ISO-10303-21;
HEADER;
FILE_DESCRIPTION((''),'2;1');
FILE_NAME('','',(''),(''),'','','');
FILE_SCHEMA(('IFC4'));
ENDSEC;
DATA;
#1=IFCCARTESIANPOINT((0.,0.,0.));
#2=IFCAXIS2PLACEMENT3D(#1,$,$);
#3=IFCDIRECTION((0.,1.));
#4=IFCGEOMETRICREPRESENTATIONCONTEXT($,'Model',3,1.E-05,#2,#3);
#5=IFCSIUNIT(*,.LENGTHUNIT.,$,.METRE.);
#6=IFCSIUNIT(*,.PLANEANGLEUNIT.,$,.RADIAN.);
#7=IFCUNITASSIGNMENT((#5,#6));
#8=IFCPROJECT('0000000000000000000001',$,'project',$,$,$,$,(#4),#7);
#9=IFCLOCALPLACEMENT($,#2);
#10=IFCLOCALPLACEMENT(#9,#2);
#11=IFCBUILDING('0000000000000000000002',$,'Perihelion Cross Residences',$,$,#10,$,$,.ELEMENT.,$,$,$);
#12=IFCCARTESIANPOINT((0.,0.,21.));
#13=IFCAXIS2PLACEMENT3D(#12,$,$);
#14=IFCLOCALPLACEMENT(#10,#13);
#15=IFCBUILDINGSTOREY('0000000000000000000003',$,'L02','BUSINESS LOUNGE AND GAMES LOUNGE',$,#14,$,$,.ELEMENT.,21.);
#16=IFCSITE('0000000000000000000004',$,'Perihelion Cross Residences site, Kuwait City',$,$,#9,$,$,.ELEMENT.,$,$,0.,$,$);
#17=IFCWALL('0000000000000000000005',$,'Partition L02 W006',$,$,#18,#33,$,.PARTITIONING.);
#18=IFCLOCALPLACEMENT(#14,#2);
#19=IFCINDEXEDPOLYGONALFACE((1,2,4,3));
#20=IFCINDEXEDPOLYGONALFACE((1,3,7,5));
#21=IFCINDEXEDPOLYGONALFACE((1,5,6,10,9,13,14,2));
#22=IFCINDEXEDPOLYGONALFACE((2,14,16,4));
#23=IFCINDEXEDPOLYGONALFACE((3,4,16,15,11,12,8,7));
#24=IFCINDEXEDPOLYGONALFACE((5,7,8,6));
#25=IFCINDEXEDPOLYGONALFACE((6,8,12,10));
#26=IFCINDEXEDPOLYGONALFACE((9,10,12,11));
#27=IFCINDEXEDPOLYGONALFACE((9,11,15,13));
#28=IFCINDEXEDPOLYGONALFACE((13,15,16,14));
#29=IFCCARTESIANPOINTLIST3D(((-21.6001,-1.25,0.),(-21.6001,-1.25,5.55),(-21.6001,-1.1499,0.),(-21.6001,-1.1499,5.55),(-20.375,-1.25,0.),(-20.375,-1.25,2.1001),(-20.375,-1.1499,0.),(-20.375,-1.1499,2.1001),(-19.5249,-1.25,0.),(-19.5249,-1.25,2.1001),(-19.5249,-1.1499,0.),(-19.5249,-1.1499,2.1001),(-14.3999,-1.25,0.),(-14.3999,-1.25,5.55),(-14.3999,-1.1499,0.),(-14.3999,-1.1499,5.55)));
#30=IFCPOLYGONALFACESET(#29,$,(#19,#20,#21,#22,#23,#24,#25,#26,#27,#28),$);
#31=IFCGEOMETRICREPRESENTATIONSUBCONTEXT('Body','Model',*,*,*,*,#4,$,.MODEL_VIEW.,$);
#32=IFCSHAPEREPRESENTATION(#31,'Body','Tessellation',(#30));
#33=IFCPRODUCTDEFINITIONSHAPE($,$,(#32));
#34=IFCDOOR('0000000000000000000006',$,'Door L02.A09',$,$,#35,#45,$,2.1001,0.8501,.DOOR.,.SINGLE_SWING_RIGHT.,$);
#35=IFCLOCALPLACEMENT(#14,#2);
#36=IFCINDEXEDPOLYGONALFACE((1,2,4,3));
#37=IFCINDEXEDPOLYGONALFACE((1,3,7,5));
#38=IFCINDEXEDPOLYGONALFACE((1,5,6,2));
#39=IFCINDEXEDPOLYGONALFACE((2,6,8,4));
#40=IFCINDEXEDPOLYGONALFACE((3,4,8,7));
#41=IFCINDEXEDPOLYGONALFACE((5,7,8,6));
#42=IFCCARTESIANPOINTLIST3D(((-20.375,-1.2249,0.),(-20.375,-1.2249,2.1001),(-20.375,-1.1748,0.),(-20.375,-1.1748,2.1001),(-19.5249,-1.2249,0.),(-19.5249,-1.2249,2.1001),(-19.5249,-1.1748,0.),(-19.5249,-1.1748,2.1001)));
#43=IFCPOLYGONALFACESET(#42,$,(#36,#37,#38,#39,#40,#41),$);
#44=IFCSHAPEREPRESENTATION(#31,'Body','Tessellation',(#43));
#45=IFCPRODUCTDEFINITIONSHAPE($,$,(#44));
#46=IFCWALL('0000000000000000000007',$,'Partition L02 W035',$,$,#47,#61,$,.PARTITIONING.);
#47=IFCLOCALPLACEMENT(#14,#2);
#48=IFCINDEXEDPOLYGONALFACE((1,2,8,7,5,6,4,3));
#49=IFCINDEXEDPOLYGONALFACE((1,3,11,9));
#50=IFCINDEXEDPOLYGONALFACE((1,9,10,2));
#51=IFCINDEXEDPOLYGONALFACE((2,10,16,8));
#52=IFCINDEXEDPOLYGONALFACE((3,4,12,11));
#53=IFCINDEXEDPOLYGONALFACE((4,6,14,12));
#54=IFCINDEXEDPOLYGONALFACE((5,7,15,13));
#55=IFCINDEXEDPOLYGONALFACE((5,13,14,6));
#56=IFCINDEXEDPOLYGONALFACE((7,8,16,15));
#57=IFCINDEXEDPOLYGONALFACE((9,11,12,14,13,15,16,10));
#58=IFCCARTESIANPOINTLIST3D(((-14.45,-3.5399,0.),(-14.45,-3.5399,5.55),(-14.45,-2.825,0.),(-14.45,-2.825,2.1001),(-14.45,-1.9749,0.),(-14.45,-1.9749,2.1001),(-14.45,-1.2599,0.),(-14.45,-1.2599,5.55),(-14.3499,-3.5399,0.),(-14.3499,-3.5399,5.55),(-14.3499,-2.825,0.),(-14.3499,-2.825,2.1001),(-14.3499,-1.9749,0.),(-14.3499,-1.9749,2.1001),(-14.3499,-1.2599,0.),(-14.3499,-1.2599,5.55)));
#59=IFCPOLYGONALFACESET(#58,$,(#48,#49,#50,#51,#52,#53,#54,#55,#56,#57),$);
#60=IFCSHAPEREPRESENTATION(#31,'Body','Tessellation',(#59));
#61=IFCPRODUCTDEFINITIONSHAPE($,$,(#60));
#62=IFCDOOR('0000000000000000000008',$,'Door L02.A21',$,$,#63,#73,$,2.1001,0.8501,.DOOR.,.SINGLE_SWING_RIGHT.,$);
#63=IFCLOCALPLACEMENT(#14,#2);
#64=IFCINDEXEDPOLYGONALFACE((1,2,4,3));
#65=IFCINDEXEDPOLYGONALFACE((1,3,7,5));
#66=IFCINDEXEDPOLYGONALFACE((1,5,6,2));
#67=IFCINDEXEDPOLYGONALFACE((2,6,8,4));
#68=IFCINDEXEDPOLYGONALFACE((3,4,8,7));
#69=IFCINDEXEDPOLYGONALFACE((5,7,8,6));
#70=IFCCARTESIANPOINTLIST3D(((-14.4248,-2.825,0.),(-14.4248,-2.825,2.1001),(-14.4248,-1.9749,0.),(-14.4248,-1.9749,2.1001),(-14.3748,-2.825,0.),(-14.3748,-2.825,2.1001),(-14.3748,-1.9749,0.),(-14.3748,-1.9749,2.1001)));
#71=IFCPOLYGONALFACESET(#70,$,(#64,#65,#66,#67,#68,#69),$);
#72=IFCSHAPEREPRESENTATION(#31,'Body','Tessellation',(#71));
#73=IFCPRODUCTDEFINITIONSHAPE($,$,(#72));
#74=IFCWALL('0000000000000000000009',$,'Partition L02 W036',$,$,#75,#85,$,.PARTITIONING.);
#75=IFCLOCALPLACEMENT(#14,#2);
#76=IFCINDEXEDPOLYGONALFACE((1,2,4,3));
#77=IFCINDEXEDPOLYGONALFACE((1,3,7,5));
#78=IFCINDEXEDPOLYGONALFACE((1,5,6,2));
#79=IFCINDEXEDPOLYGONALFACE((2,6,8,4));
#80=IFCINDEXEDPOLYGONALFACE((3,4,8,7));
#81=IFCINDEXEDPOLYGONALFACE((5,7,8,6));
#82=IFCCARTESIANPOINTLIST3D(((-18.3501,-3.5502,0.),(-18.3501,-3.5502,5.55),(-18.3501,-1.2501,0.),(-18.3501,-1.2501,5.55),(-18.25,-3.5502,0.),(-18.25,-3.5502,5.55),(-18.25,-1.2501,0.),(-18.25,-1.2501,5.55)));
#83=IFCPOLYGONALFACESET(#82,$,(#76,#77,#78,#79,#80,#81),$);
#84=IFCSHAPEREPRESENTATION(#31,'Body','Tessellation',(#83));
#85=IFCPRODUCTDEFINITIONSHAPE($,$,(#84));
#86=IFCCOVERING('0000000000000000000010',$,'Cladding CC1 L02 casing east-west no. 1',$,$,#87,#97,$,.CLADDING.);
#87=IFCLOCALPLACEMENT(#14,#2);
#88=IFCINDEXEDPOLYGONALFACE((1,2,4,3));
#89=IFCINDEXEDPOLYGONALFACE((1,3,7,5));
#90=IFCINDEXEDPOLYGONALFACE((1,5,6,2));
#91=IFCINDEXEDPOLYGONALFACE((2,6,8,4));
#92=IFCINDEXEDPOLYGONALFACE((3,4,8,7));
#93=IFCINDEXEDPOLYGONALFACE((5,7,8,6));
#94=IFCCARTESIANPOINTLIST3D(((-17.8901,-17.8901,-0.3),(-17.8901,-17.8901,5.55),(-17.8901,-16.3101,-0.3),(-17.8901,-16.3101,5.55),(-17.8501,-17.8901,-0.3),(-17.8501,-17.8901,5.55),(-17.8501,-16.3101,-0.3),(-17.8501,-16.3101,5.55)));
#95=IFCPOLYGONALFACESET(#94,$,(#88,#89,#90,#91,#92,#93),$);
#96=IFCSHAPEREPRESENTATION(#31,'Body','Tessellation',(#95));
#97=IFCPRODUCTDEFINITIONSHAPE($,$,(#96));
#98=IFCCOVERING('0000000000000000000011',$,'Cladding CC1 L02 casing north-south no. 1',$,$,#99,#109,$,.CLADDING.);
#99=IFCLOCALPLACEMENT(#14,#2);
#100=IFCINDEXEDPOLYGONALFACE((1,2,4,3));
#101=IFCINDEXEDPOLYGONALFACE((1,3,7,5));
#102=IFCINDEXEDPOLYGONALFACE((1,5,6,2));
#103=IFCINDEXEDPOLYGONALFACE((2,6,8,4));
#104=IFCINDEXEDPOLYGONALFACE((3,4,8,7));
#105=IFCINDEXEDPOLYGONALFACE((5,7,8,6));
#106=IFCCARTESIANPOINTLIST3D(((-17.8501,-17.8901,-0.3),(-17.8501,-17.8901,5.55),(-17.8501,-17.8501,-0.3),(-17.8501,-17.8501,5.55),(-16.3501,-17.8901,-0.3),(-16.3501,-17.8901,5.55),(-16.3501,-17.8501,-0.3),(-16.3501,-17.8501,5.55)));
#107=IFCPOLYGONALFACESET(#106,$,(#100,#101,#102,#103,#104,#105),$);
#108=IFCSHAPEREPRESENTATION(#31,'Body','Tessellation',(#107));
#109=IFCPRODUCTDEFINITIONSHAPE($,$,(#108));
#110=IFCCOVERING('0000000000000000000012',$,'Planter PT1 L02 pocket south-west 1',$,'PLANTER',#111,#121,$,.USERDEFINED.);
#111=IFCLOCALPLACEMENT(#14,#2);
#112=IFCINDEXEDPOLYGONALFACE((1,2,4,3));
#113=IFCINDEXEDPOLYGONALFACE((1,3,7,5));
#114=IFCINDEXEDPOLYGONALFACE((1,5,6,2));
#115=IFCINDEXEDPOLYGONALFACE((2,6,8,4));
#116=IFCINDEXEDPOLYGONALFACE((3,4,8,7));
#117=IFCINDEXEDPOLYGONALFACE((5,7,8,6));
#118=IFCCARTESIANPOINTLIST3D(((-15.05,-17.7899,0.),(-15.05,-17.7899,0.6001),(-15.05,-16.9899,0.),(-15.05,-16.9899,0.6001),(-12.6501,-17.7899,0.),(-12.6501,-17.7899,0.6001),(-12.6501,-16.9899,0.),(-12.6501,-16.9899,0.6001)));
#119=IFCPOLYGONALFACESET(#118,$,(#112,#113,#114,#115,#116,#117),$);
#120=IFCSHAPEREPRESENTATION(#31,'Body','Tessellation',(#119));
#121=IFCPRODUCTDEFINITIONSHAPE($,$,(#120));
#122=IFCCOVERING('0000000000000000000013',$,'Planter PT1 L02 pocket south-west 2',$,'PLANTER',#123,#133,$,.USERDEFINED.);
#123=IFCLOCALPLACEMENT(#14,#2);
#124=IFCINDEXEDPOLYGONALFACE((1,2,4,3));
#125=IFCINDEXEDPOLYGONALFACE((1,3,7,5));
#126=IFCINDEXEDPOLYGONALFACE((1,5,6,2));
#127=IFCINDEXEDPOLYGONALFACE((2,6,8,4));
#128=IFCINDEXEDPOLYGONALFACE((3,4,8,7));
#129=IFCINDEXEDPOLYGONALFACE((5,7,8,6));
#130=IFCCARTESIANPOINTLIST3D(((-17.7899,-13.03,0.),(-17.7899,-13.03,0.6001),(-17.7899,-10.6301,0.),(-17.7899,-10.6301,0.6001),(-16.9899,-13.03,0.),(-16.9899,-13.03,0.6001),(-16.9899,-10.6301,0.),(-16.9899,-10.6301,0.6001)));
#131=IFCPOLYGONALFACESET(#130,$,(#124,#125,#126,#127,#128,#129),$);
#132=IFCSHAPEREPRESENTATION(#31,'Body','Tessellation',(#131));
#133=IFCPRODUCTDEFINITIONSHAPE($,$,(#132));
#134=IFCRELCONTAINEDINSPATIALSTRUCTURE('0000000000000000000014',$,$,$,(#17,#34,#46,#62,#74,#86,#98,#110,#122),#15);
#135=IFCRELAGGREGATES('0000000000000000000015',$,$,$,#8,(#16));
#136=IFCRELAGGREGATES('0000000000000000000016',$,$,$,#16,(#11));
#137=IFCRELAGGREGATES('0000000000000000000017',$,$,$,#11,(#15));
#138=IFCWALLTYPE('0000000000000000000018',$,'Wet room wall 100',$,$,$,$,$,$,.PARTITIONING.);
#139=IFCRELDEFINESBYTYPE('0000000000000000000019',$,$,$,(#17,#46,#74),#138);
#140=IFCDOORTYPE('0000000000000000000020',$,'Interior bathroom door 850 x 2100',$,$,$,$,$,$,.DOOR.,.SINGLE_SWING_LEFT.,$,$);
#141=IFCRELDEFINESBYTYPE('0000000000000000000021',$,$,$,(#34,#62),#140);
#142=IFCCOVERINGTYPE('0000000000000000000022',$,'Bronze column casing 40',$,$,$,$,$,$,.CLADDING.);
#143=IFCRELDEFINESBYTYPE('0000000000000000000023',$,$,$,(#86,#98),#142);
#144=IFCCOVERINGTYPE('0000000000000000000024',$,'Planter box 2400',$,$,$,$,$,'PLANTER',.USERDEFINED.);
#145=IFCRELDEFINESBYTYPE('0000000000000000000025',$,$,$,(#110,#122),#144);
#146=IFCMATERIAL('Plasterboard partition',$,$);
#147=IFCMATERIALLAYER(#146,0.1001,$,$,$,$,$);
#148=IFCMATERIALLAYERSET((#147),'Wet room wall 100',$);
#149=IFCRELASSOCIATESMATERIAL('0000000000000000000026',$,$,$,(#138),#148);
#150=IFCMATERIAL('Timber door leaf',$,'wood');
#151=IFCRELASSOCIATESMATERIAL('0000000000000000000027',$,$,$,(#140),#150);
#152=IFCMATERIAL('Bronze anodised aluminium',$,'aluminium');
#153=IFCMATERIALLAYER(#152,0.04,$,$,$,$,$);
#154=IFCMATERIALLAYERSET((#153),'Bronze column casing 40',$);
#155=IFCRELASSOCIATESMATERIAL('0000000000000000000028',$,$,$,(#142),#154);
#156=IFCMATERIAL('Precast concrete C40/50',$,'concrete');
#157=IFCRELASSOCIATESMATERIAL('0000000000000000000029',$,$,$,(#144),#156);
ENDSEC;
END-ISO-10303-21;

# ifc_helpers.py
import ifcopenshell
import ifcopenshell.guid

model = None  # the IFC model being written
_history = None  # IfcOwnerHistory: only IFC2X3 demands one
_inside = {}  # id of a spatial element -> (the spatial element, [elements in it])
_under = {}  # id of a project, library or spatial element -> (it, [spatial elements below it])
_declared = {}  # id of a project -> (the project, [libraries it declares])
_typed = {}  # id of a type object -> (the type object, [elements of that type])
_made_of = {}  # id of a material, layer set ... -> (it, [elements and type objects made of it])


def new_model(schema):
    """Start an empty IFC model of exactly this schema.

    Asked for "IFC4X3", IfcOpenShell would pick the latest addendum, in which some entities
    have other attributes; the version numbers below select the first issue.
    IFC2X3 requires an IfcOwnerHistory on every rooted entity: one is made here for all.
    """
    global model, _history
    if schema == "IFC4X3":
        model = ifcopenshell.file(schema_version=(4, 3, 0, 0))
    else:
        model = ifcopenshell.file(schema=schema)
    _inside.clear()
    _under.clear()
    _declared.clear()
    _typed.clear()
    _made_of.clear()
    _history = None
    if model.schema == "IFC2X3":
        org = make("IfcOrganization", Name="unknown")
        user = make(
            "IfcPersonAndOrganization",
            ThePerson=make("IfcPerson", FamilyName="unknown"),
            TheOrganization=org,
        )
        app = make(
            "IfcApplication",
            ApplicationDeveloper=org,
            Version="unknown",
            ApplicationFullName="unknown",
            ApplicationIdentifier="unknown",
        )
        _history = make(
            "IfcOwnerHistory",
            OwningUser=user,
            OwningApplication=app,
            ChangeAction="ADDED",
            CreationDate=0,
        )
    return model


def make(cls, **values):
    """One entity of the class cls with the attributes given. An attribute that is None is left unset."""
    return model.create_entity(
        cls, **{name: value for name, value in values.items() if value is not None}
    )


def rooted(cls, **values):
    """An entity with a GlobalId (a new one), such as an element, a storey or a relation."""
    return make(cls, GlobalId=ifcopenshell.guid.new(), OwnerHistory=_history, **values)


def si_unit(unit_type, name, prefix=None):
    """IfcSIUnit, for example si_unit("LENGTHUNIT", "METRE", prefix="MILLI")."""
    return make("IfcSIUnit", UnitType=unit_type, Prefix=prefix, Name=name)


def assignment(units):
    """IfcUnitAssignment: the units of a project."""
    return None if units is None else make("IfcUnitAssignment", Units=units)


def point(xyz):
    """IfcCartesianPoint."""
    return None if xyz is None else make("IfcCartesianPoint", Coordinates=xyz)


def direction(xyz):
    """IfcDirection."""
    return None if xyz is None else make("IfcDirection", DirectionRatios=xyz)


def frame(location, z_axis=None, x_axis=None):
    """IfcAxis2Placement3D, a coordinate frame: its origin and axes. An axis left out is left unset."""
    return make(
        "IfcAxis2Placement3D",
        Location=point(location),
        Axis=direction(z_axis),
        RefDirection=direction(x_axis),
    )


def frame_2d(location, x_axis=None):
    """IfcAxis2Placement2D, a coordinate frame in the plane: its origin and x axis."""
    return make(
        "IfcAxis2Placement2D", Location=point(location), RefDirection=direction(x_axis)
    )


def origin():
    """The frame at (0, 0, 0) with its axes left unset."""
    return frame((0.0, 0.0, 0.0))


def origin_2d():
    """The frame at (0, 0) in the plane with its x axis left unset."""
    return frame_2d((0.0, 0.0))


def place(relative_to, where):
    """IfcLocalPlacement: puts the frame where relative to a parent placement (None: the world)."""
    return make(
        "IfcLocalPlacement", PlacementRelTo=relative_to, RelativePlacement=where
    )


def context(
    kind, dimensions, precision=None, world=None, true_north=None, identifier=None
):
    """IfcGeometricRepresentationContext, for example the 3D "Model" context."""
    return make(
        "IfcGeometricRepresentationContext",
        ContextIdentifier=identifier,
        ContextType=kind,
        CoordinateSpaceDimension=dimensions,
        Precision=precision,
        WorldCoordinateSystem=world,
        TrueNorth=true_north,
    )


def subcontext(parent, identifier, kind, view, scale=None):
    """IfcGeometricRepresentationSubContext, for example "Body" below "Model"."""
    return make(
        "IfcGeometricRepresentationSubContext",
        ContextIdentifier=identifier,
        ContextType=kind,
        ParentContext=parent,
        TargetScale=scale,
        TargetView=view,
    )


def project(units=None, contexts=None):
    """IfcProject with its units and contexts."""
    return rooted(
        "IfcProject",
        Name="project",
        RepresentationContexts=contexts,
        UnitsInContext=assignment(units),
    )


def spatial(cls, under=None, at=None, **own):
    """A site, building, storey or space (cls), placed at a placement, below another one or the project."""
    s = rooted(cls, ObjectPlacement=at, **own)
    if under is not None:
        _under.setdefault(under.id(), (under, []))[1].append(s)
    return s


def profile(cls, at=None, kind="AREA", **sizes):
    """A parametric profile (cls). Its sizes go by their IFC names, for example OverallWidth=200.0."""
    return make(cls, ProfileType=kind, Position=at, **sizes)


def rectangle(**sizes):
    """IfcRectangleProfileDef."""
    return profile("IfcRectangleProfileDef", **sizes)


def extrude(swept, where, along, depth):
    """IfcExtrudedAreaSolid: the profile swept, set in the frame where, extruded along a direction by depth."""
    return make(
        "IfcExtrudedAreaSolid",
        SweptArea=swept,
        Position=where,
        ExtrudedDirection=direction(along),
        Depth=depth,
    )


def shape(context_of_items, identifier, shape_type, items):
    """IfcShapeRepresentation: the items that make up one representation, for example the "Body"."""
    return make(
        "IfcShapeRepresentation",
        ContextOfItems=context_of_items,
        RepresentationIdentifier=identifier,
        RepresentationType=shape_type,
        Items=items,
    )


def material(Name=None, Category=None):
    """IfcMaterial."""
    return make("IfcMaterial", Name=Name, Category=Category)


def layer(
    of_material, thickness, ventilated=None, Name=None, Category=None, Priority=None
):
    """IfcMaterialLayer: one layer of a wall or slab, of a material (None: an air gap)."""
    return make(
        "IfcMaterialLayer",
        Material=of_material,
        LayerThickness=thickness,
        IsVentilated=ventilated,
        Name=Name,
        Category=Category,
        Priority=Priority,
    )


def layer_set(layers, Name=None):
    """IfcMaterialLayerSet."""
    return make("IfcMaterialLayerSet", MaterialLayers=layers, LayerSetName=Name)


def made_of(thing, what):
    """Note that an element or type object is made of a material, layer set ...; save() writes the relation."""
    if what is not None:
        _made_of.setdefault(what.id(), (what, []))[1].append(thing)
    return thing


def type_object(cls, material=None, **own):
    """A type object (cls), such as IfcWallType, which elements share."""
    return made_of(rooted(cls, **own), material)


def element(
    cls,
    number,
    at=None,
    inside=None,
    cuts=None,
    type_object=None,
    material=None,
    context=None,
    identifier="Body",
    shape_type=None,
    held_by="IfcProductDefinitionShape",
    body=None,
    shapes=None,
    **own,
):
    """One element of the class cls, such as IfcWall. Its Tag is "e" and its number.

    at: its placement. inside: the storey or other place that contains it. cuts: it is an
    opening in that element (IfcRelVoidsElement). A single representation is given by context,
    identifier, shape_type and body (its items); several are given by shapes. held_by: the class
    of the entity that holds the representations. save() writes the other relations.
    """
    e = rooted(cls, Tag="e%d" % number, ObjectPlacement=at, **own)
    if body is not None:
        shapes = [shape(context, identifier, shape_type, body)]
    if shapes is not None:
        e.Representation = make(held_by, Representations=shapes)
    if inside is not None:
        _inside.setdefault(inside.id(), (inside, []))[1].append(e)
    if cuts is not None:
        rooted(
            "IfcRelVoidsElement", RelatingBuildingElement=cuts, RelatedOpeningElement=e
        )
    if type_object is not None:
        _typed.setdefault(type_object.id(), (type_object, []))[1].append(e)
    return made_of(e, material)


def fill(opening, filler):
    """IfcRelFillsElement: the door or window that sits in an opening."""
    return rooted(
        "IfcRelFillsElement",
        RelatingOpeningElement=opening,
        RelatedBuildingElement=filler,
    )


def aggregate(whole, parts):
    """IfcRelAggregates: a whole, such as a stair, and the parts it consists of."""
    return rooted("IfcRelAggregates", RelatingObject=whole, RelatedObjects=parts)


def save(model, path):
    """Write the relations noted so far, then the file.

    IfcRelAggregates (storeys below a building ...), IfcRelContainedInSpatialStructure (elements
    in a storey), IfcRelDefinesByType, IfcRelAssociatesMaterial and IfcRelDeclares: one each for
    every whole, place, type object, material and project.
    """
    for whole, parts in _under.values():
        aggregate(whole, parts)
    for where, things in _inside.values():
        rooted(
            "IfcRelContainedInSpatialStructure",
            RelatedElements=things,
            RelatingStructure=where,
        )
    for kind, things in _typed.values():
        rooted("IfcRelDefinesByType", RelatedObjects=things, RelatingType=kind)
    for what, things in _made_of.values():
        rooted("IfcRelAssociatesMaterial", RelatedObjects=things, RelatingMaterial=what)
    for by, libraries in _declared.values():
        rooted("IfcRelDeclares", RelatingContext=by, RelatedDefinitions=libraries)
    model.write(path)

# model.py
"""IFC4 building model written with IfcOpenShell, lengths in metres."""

from ifc_helpers import new_model, si_unit, direction, frame, frame_2d, origin, origin_2d, place, context, subcontext, project, spatial, rectangle, extrude, material, layer, layer_set, type_object, element, fill, save


model = new_model("IFC4")

# Units and contexts
model_context = context("Model", 3, precision=1e-05, world=origin(), true_north=direction((0.0, 1.0)))
body_context = subcontext(model_context, "Body", "Model", "MODEL_VIEW")
ifc_project = project(units=[si_unit("LENGTHUNIT", "METRE"), si_unit("PLANEANGLEUNIT", "RADIAN")], contexts=[model_context])

# Site, building, storey
site_placement = place(None, origin())
site = spatial("IfcSite", under=ifc_project, at=site_placement, Name="Perihelion Cross Residences site, Kuwait City", CompositionType="ELEMENT", RefElevation=0.0)
building_placement = place(site_placement, origin())
building = spatial("IfcBuilding", under=site, at=building_placement, Name="Perihelion Cross Residences", CompositionType="ELEMENT")
storey_placement = place(building_placement, frame((0.0, 0.0, 21.0)))
storey = spatial("IfcBuildingStorey", under=building, at=storey_placement, Name="L02", Description="BUSINESS LOUNGE AND GAMES LOUNGE", CompositionType="ELEMENT", Elevation=21.0)

# Walls, openings, doors
ifc_material_1 = material(Name="Plasterboard partition")
ifc_layer_1 = layer(ifc_material_1, 0.1001)
ifc_layer_set_1 = layer_set([ifc_layer_1], Name="Wet room wall 100")
wall_type_1 = type_object("IfcWallType", Name="Wet room wall 100", PredefinedType="PARTITIONING", material=ifc_layer_set_1)
wall_1_placement = place(storey_placement, frame((-14.3999, -1.2, 0.0), z_axis=(0.0, 0.0, 1.0), x_axis=(-1.0, 0.0, 0.0)))
wall_1 = element("IfcWall", 1, at=wall_1_placement, inside=storey, type_object=wall_type_1, Name="Partition L02 W006", PredefinedType="PARTITIONING", context=body_context, shape_type="SweptSolid", body=[
    extrude(rectangle(XDim=7.2002, YDim=0.1001, at=frame_2d((3.6001, 0.0))), origin(), (0.0, 0.0, 1.0), 5.55),
])
opening_1_placement = place(wall_1_placement, frame((5.125, 0.0, 0.0)))
opening_1 = element("IfcOpeningElement", 2, at=opening_1_placement, cuts=wall_1, PredefinedType="OPENING", context=body_context, shape_type="SweptSolid", body=[
    extrude(rectangle(XDim=0.8501, YDim=2.1001, at=frame_2d((0.425, 1.05))), frame((0.0, 0.0601, 0.0), z_axis=(0.0, -1.0, 0.0), x_axis=(1.0, 0.0, 0.0)), (0.0, 0.0, 1.0), 0.1201),
])
ifc_material_2 = material(Name="Timber door leaf", Category="wood")
door_type_1 = type_object("IfcDoorType", Name="Interior bathroom door 850 x 2100", OperationType="SINGLE_SWING_LEFT", PredefinedType="DOOR", material=ifc_material_2)
door_1_placement = place(opening_1_placement, origin())
door_1 = element("IfcDoor", 3, at=door_1_placement, inside=storey, type_object=door_type_1, Name="Door L02.A09", OperationType="SINGLE_SWING_RIGHT", OverallHeight=2.1001, OverallWidth=0.8501, PredefinedType="DOOR", context=body_context, shape_type="SweptSolid", body=[
    extrude(rectangle(XDim=0.8501, YDim=2.1001, at=frame_2d((0.425, 1.05))), frame((0.0, 0.0249, 0.0), z_axis=(0.0, -1.0, 0.0), x_axis=(1.0, 0.0, 0.0)), (0.0, 0.0, 1.0), 0.05),
])
fill(opening_1, door_1)
wall_2_placement = place(storey_placement, frame((-14.3999, -3.54, 0.0), z_axis=(0.0, 0.0, 1.0), x_axis=(0.0, 1.0, 0.0)))
wall_2 = element("IfcWall", 4, at=wall_2_placement, inside=storey, type_object=wall_type_1, Name="Partition L02 W035", PredefinedType="PARTITIONING", context=body_context, shape_type="SweptSolid", body=[
    extrude(rectangle(XDim=2.28, YDim=0.1001, at=frame_2d((1.1401, 0.0))), origin(), (0.0, 0.0, 1.0), 5.55),
])
opening_2_placement = place(wall_2_placement, frame((0.7151, 0.0, 0.0)))
opening_2 = element("IfcOpeningElement", 5, at=opening_2_placement, cuts=wall_2, PredefinedType="OPENING", context=body_context, shape_type="SweptSolid", body=[
    extrude(rectangle(XDim=0.8501, YDim=2.1001, at=frame_2d((0.425, 1.05))), frame((0.0, 0.0601, 0.0), z_axis=(0.0, -1.0, 0.0), x_axis=(1.0, 0.0, 0.0)), (0.0, 0.0, 1.0), 0.1201),
])
door_2_placement = place(opening_2_placement, origin())
door_2 = element("IfcDoor", 6, at=door_2_placement, inside=storey, type_object=door_type_1, Name="Door L02.A21", OperationType="SINGLE_SWING_RIGHT", OverallHeight=2.1001, OverallWidth=0.8501, PredefinedType="DOOR", context=body_context, shape_type="SweptSolid", body=[
    extrude(rectangle(XDim=0.8501, YDim=2.1001, at=frame_2d((0.425, 1.05))), frame((0.0, 0.0249, 0.0), z_axis=(0.0, -1.0, 0.0), x_axis=(1.0, 0.0, 0.0)), (0.0, 0.0, 1.0), 0.05),
])
fill(opening_2, door_2)

# Wall
wall_3_placement = place(storey_placement, frame((-18.3, -3.55, 0.0), z_axis=(0.0, 0.0, 1.0), x_axis=(0.0, 1.0, 0.0)))
element("IfcWall", 7, at=wall_3_placement, inside=storey, type_object=wall_type_1, Name="Partition L02 W036", PredefinedType="PARTITIONING", context=body_context, shape_type="SweptSolid", body=[
    extrude(rectangle(XDim=2.3, YDim=0.1001, at=frame_2d((1.1499, 0.0))), origin(), (0.0, 0.0, 1.0), 5.55),
])

# Coverings
ifc_material_3 = material(Name="Bronze anodised aluminium", Category="aluminium")
ifc_layer_2 = layer(ifc_material_3, 0.04)
ifc_layer_set_2 = layer_set([ifc_layer_2], Name="Bronze column casing 40")
covering_type_1 = type_object("IfcCoveringType", Name="Bronze column casing 40", PredefinedType="CLADDING", material=ifc_layer_set_2)
covering_1_placement = place(storey_placement, frame((-17.8701, -17.1001, -0.3), z_axis=(0.0, 0.0, 1.0), x_axis=(1.0, 0.0, 0.0)))
element("IfcCovering", 8, at=covering_1_placement, inside=storey, type_object=covering_type_1, Name="Cladding CC1 L02 casing east-west no. 1", PredefinedType="CLADDING", context=body_context, shape_type="SweptSolid", body=[
    extrude(rectangle(XDim=0.04, YDim=1.5801, at=origin_2d()), origin(), (0.0, 0.0, 1.0), 5.8501),
])
covering_2_placement = place(storey_placement, frame((-17.1001, -17.8701, -0.3), z_axis=(0.0, 0.0, 1.0), x_axis=(1.0, 0.0, 0.0)))
element("IfcCovering", 9, at=covering_2_placement, inside=storey, type_object=covering_type_1, Name="Cladding CC1 L02 casing north-south no. 1", PredefinedType="CLADDING", context=body_context, shape_type="SweptSolid", body=[
    extrude(rectangle(XDim=1.5, YDim=0.04, at=origin_2d()), origin(), (0.0, 0.0, 1.0), 5.8501),
])
ifc_material_4 = material(Name="Precast concrete C40/50", Category="concrete")
covering_type_2 = type_object("IfcCoveringType", Name="Planter box 2400", ElementType="PLANTER", PredefinedType="USERDEFINED", material=ifc_material_4)
for number, where, z_axis, x_axis, name in (
    (10, (-13.8501, -17.3899, 0.0), (0.0, 0.0, 1.0), (-1.0, 0.0, 0.0), "Planter PT1 L02 pocket south-west 1"),
    (11, (-17.3899, -11.8301, 0.0), (0.0, 0.0, 1.0), (0.0, 1.0, 0.0), "Planter PT1 L02 pocket south-west 2"),
):
    element("IfcCovering", number, at=place(storey_placement, frame(where, z_axis=z_axis, x_axis=x_axis)), inside=storey, type_object=covering_type_2, Name=name, ObjectType="PLANTER", PredefinedType="USERDEFINED", context=body_context, shape_type="SweptSolid", body=[
        extrude(rectangle(XDim=2.3999, YDim=0.8, at=origin_2d()), origin(), (0.0, 0.0, 1.0), 0.6001),
    ])

save(model, "model.ifc")
